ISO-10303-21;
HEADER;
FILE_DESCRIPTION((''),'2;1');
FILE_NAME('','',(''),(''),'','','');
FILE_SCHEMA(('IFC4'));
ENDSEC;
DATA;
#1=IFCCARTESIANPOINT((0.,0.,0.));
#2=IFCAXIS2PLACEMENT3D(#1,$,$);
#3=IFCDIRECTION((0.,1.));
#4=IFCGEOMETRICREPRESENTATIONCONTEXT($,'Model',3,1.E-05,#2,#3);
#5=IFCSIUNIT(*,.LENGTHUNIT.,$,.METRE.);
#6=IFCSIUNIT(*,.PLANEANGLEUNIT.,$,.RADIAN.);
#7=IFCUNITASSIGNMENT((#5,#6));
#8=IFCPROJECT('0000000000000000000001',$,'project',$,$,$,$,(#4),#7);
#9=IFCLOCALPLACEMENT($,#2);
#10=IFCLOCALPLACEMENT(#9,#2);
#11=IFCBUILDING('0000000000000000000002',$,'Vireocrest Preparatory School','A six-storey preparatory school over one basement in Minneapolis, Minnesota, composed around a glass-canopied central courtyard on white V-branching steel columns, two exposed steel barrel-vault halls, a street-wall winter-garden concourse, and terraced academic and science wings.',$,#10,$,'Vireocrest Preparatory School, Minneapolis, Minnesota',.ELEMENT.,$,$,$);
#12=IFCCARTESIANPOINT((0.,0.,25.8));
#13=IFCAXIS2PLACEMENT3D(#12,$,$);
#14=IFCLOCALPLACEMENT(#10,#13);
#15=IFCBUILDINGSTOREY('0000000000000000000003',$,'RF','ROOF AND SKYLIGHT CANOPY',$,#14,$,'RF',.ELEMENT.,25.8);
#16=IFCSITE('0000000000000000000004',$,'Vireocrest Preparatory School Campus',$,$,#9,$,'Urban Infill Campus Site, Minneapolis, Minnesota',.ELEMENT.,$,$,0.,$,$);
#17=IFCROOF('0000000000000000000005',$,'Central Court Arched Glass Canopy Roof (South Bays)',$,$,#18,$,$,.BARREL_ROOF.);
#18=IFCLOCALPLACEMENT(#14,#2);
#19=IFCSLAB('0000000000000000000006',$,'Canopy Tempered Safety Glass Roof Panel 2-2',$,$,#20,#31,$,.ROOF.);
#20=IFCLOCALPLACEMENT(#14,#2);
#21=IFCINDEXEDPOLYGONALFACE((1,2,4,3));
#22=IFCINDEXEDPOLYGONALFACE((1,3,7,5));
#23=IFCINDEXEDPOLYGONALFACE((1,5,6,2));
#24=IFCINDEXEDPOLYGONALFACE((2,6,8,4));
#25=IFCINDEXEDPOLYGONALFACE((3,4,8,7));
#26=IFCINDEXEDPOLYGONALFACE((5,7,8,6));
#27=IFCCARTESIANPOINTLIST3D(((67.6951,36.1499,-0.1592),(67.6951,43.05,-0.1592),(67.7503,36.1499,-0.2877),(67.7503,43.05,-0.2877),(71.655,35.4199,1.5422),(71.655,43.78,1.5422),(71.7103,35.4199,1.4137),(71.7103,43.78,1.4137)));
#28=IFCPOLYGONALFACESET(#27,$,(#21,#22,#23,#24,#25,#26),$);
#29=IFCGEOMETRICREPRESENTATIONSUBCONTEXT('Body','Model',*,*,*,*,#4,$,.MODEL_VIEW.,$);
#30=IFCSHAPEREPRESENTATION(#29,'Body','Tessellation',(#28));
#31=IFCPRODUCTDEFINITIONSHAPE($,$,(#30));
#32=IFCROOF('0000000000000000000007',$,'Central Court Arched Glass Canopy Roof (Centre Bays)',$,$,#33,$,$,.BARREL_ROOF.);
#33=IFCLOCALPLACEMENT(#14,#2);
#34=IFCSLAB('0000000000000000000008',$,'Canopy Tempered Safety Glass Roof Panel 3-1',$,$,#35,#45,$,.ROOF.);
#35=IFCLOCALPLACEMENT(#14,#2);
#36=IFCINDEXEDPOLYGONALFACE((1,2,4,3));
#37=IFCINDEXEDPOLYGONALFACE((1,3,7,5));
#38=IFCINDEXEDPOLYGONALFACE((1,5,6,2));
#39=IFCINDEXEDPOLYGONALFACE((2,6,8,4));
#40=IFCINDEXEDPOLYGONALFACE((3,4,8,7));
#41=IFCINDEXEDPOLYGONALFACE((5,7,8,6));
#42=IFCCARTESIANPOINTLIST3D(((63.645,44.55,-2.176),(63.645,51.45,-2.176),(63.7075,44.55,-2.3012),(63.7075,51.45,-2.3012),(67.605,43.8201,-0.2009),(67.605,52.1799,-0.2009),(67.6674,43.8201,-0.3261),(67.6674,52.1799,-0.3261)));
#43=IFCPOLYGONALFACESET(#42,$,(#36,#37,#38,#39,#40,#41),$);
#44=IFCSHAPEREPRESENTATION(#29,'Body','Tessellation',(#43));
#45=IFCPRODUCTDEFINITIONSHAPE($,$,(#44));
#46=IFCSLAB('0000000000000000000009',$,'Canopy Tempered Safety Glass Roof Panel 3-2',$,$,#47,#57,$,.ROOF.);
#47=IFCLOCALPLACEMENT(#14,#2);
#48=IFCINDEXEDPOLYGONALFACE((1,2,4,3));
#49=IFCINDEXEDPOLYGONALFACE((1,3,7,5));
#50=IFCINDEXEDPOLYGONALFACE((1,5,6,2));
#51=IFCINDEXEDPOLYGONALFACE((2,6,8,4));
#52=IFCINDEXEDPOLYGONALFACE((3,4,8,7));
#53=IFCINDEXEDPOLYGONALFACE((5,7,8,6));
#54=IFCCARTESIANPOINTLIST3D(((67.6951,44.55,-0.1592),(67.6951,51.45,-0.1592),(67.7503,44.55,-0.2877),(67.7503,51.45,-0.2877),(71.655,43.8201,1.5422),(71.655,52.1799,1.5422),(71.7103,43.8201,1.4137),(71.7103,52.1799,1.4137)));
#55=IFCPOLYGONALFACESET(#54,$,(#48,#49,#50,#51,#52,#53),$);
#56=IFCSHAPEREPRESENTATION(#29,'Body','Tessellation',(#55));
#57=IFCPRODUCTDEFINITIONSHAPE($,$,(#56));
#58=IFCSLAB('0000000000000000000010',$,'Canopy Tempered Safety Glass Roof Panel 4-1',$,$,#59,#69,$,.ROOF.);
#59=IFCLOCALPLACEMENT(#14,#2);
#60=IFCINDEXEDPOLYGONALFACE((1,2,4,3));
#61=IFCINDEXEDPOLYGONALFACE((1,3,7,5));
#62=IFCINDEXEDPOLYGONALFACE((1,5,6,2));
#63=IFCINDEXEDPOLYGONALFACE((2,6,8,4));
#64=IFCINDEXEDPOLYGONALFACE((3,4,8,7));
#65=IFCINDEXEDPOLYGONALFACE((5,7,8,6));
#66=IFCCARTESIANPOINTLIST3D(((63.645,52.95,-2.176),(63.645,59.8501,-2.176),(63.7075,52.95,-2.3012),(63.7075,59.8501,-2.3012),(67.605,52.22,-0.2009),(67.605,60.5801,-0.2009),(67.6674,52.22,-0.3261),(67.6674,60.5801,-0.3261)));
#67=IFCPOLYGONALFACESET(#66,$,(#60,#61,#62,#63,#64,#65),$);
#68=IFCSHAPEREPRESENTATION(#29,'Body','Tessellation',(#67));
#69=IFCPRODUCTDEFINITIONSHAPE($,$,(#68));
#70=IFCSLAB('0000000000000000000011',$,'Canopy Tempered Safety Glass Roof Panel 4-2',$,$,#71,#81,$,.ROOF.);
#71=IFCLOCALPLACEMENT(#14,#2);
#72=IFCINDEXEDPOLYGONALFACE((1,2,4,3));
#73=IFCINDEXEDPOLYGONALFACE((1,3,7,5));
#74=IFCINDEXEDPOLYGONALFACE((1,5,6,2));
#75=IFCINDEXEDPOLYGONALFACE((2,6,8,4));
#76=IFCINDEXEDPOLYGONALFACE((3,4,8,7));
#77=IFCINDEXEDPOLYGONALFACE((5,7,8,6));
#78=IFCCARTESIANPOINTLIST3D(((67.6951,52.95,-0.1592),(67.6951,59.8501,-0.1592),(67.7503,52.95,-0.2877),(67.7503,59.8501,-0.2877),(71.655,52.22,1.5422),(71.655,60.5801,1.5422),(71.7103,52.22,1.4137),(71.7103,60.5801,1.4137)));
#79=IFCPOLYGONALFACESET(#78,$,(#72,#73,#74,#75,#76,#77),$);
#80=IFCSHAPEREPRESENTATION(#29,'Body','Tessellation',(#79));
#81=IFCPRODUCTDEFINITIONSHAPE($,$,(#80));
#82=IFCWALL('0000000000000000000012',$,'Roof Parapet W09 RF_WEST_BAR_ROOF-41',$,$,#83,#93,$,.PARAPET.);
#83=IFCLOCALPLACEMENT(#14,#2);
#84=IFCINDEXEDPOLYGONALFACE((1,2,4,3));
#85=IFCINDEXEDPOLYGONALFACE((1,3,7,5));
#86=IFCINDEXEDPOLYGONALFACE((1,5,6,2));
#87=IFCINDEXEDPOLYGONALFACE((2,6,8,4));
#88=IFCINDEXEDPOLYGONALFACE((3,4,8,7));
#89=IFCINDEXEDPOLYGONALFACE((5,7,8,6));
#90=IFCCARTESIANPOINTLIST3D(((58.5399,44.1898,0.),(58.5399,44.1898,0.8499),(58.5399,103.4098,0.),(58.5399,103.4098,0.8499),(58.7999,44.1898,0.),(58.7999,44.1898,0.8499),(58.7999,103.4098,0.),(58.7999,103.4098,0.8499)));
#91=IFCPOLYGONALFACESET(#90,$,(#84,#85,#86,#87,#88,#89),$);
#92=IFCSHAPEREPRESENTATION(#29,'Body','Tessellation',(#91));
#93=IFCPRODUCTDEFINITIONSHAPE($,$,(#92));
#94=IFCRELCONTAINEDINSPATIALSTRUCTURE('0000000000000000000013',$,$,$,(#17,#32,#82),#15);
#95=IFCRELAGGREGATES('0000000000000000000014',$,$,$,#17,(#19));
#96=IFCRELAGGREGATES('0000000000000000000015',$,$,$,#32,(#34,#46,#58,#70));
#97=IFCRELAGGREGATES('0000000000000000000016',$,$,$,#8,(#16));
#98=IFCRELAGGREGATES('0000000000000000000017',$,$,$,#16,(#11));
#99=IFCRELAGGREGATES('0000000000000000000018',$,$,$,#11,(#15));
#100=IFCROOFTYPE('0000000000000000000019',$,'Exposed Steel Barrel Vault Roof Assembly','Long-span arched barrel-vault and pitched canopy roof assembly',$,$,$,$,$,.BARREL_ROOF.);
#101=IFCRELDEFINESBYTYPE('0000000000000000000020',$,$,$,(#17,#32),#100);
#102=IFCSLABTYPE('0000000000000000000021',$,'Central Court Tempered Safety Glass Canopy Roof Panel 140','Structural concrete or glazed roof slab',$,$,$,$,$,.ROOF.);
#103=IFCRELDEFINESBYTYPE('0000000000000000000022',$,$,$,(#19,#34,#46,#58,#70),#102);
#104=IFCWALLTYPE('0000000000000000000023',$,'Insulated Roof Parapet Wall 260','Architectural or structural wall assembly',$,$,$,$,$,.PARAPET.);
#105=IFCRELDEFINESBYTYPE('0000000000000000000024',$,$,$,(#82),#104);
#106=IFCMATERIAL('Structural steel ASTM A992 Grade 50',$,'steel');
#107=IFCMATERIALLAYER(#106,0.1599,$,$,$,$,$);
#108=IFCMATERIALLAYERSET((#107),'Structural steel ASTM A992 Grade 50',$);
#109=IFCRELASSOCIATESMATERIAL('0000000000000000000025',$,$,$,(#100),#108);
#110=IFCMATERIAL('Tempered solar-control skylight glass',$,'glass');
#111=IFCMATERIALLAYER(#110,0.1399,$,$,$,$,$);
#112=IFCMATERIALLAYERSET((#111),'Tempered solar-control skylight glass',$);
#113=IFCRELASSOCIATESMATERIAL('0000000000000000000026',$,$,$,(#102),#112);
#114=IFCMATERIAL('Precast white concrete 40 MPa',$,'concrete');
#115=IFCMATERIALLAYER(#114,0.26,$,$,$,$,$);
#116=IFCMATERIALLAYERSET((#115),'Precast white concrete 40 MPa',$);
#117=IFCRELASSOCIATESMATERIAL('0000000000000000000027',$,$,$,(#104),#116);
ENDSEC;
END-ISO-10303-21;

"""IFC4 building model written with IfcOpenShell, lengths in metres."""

from ifc_helpers import new_model, si_unit, direction, frame, frame_2d, origin, place, context, subcontext, project, spatial, polyline, rectangle, outline, extrude, material, layer, layer_set, type_object, element, aggregate, save


model = new_model("IFC4")

# Units and contexts
model_context = context("Model", 3, precision=1e-05, world=origin(), true_north=direction((0.0, 1.0)))
body_context = subcontext(model_context, "Body", "Model", "MODEL_VIEW")
ifc_project = project(units=[si_unit("LENGTHUNIT", "METRE"), si_unit("PLANEANGLEUNIT", "RADIAN")], contexts=[model_context])

# Site, building, storey
site_placement = place(None, origin())
site = spatial("IfcSite", under=ifc_project, at=site_placement, Name="Vireocrest Preparatory School Campus", LongName="Urban Infill Campus Site, Minneapolis, Minnesota", CompositionType="ELEMENT", RefElevation=0.0)
building_placement = place(site_placement, origin())
building = spatial("IfcBuilding", under=site, at=building_placement, Name="Vireocrest Preparatory School", Description="A six-storey preparatory school over one basement in Minneapolis, Minnesota, composed around a glass-canopied central courtyard on white V-branching steel columns, two exposed steel barrel-vault halls, a street-wall winter-garden concourse, and terraced academic and science wings.", LongName="Vireocrest Preparatory School, Minneapolis, Minnesota", CompositionType="ELEMENT")
storey_placement = place(building_placement, frame((0.0, 0.0, 25.8)))
storey = spatial("IfcBuildingStorey", under=building, at=storey_placement, Name="RF", Description="ROOF AND SKYLIGHT CANOPY", LongName="RF", CompositionType="ELEMENT", Elevation=25.8)

# Shared definitions
ifc_material_1 = material(Name="Structural steel ASTM A992 Grade 50", Category="steel")

# Roofs, slabs
ifc_layer_1 = layer(ifc_material_1, 0.1599)
ifc_layer_set_1 = layer_set([ifc_layer_1], Name="Structural steel ASTM A992 Grade 50")
roof_type = type_object("IfcRoofType", Name="Exposed Steel Barrel Vault Roof Assembly", Description="Long-span arched barrel-vault and pitched canopy roof assembly", PredefinedType="BARREL_ROOF", material=ifc_layer_set_1)
roof_1_placement = place(storey_placement, origin())
roof_1 = element("IfcRoof", 1, at=roof_1_placement, inside=storey, type_object=roof_type, Name="Central Court Arched Glass Canopy Roof (South Bays)", PredefinedType="BARREL_ROOF")
ifc_material_2 = material(Name="Tempered solar-control skylight glass", Category="glass")
ifc_layer_2 = layer(ifc_material_2, 0.1399)
ifc_layer_set_2 = layer_set([ifc_layer_2], Name="Tempered solar-control skylight glass")
slab_type = type_object("IfcSlabType", Name="Central Court Tempered Safety Glass Canopy Roof Panel 140", Description="Structural concrete or glazed roof slab", PredefinedType="ROOF", material=ifc_layer_set_2)
slab_1_placement = place(storey_placement, frame((67.6951, 36.1499, -0.1592), z_axis=(-0.39476, 0.0, 0.918784), x_axis=(0.905883, -0.166991, 0.389217)))
slab_1 = element("IfcSlab", 2, at=slab_1_placement, type_object=slab_type, Name="Canopy Tempered Safety Glass Roof Panel 2-2", PredefinedType="ROOF", context=body_context, shape_type="SweptSolid", body=[
    extrude(outline(polyline([(0.0, 0.0), (4.3714, 0.0), (2.9753, 8.2427), (-1.1523, 6.8033), (0.0, 0.0)])), origin(), (0.0, 0.0, -1.0), 0.1399),
])
aggregate(roof_1, [slab_1])
roof_2_placement = place(storey_placement, origin())
roof_2 = element("IfcRoof", 3, at=roof_2_placement, inside=storey, type_object=roof_type, Name="Central Court Arched Glass Canopy Roof (Centre Bays)", PredefinedType="BARREL_ROOF")
slab_2_placement = place(storey_placement, frame((63.645, 44.55, -2.176), z_axis=(-0.446331, 0.0, 0.894868), x_axis=(0.882936, -0.162761, 0.440379)))
slab_2 = element("IfcSlab", 4, at=slab_2_placement, type_object=slab_type, Name="Canopy Tempered Safety Glass Roof Panel 3-1", PredefinedType="ROOF", context=body_context, shape_type="SweptSolid", body=[
    extrude(outline(polyline([(0.0, 0.0), (4.485, 0.0), (3.1243, 8.2484), (-1.123, 6.8079), (0.0, 0.0)])), origin(), (0.0, 0.0, -1.0), 0.1399),
])
slab_3_placement = place(storey_placement, frame((67.6951, 44.55, -0.1592), z_axis=(-0.39476, 0.0, 0.918784), x_axis=(0.905883, -0.166991, 0.389217)))
slab_3 = element("IfcSlab", 5, at=slab_3_placement, type_object=slab_type, Name="Canopy Tempered Safety Glass Roof Panel 3-2", PredefinedType="ROOF", context=body_context, shape_type="SweptSolid", body=[
    extrude(outline(polyline([(0.0, 0.0), (4.3714, 0.0), (2.9754, 8.2425), (-1.1522, 6.803), (0.0, 0.0)])), origin(), (0.0, 0.0, -1.0), 0.1399),
])
slab_4_placement = place(storey_placement, frame((63.645, 52.95, -2.176), z_axis=(-0.446331, 0.0, 0.894868), x_axis=(0.882936, -0.162761, 0.440379)))
slab_4 = element("IfcSlab", 6, at=slab_4_placement, type_object=slab_type, Name="Canopy Tempered Safety Glass Roof Panel 4-1", PredefinedType="ROOF", context=body_context, shape_type="SweptSolid", body=[
    extrude(outline(polyline([(0.0, 0.0), (4.485, 0.0), (3.1243, 8.2486), (-1.1231, 6.8081), (0.0, 0.0)])), origin(), (0.0, 0.0, -1.0), 0.1399),
])
slab_5_placement = place(storey_placement, frame((67.6951, 52.95, -0.1592), z_axis=(-0.39476, 0.0, 0.918784), x_axis=(0.905883, -0.166991, 0.389217)))
slab_5 = element("IfcSlab", 7, at=slab_5_placement, type_object=slab_type, Name="Canopy Tempered Safety Glass Roof Panel 4-2", PredefinedType="ROOF", context=body_context, shape_type="SweptSolid", body=[
    extrude(outline(polyline([(0.0, 0.0), (4.3714, 0.0), (2.9753, 8.2427), (-1.1523, 6.8033), (0.0, 0.0)])), origin(), (0.0, 0.0, -1.0), 0.1399),
])
aggregate(roof_2, [slab_2, slab_3, slab_4, slab_5])

# Wall
ifc_material_3 = material(Name="Precast white concrete 40 MPa", Category="concrete")
ifc_layer_3 = layer(ifc_material_3, 0.26)
ifc_layer_set_3 = layer_set([ifc_layer_3], Name="Precast white concrete 40 MPa")
wall_type = type_object("IfcWallType", Name="Insulated Roof Parapet Wall 260", Description="Architectural or structural wall assembly", PredefinedType="PARAPET", material=ifc_layer_set_3)
wall_placement = place(storey_placement, frame((58.6699, 44.1899, 0.0), z_axis=(0.0, 0.0, 1.0), x_axis=(0.0, 1.0, 0.0)))
element("IfcWall", 8, at=wall_placement, inside=storey, type_object=wall_type, Name="Roof Parapet W09 RF_WEST_BAR_ROOF-41", PredefinedType="PARAPET", context=body_context, shape_type="SweptSolid", body=[
    extrude(rectangle(XDim=59.22, YDim=0.26, at=frame_2d((29.6099, 0.0))), origin(), (0.0, 0.0, 1.0), 0.8499),
])

save(model, "model.ifc")
